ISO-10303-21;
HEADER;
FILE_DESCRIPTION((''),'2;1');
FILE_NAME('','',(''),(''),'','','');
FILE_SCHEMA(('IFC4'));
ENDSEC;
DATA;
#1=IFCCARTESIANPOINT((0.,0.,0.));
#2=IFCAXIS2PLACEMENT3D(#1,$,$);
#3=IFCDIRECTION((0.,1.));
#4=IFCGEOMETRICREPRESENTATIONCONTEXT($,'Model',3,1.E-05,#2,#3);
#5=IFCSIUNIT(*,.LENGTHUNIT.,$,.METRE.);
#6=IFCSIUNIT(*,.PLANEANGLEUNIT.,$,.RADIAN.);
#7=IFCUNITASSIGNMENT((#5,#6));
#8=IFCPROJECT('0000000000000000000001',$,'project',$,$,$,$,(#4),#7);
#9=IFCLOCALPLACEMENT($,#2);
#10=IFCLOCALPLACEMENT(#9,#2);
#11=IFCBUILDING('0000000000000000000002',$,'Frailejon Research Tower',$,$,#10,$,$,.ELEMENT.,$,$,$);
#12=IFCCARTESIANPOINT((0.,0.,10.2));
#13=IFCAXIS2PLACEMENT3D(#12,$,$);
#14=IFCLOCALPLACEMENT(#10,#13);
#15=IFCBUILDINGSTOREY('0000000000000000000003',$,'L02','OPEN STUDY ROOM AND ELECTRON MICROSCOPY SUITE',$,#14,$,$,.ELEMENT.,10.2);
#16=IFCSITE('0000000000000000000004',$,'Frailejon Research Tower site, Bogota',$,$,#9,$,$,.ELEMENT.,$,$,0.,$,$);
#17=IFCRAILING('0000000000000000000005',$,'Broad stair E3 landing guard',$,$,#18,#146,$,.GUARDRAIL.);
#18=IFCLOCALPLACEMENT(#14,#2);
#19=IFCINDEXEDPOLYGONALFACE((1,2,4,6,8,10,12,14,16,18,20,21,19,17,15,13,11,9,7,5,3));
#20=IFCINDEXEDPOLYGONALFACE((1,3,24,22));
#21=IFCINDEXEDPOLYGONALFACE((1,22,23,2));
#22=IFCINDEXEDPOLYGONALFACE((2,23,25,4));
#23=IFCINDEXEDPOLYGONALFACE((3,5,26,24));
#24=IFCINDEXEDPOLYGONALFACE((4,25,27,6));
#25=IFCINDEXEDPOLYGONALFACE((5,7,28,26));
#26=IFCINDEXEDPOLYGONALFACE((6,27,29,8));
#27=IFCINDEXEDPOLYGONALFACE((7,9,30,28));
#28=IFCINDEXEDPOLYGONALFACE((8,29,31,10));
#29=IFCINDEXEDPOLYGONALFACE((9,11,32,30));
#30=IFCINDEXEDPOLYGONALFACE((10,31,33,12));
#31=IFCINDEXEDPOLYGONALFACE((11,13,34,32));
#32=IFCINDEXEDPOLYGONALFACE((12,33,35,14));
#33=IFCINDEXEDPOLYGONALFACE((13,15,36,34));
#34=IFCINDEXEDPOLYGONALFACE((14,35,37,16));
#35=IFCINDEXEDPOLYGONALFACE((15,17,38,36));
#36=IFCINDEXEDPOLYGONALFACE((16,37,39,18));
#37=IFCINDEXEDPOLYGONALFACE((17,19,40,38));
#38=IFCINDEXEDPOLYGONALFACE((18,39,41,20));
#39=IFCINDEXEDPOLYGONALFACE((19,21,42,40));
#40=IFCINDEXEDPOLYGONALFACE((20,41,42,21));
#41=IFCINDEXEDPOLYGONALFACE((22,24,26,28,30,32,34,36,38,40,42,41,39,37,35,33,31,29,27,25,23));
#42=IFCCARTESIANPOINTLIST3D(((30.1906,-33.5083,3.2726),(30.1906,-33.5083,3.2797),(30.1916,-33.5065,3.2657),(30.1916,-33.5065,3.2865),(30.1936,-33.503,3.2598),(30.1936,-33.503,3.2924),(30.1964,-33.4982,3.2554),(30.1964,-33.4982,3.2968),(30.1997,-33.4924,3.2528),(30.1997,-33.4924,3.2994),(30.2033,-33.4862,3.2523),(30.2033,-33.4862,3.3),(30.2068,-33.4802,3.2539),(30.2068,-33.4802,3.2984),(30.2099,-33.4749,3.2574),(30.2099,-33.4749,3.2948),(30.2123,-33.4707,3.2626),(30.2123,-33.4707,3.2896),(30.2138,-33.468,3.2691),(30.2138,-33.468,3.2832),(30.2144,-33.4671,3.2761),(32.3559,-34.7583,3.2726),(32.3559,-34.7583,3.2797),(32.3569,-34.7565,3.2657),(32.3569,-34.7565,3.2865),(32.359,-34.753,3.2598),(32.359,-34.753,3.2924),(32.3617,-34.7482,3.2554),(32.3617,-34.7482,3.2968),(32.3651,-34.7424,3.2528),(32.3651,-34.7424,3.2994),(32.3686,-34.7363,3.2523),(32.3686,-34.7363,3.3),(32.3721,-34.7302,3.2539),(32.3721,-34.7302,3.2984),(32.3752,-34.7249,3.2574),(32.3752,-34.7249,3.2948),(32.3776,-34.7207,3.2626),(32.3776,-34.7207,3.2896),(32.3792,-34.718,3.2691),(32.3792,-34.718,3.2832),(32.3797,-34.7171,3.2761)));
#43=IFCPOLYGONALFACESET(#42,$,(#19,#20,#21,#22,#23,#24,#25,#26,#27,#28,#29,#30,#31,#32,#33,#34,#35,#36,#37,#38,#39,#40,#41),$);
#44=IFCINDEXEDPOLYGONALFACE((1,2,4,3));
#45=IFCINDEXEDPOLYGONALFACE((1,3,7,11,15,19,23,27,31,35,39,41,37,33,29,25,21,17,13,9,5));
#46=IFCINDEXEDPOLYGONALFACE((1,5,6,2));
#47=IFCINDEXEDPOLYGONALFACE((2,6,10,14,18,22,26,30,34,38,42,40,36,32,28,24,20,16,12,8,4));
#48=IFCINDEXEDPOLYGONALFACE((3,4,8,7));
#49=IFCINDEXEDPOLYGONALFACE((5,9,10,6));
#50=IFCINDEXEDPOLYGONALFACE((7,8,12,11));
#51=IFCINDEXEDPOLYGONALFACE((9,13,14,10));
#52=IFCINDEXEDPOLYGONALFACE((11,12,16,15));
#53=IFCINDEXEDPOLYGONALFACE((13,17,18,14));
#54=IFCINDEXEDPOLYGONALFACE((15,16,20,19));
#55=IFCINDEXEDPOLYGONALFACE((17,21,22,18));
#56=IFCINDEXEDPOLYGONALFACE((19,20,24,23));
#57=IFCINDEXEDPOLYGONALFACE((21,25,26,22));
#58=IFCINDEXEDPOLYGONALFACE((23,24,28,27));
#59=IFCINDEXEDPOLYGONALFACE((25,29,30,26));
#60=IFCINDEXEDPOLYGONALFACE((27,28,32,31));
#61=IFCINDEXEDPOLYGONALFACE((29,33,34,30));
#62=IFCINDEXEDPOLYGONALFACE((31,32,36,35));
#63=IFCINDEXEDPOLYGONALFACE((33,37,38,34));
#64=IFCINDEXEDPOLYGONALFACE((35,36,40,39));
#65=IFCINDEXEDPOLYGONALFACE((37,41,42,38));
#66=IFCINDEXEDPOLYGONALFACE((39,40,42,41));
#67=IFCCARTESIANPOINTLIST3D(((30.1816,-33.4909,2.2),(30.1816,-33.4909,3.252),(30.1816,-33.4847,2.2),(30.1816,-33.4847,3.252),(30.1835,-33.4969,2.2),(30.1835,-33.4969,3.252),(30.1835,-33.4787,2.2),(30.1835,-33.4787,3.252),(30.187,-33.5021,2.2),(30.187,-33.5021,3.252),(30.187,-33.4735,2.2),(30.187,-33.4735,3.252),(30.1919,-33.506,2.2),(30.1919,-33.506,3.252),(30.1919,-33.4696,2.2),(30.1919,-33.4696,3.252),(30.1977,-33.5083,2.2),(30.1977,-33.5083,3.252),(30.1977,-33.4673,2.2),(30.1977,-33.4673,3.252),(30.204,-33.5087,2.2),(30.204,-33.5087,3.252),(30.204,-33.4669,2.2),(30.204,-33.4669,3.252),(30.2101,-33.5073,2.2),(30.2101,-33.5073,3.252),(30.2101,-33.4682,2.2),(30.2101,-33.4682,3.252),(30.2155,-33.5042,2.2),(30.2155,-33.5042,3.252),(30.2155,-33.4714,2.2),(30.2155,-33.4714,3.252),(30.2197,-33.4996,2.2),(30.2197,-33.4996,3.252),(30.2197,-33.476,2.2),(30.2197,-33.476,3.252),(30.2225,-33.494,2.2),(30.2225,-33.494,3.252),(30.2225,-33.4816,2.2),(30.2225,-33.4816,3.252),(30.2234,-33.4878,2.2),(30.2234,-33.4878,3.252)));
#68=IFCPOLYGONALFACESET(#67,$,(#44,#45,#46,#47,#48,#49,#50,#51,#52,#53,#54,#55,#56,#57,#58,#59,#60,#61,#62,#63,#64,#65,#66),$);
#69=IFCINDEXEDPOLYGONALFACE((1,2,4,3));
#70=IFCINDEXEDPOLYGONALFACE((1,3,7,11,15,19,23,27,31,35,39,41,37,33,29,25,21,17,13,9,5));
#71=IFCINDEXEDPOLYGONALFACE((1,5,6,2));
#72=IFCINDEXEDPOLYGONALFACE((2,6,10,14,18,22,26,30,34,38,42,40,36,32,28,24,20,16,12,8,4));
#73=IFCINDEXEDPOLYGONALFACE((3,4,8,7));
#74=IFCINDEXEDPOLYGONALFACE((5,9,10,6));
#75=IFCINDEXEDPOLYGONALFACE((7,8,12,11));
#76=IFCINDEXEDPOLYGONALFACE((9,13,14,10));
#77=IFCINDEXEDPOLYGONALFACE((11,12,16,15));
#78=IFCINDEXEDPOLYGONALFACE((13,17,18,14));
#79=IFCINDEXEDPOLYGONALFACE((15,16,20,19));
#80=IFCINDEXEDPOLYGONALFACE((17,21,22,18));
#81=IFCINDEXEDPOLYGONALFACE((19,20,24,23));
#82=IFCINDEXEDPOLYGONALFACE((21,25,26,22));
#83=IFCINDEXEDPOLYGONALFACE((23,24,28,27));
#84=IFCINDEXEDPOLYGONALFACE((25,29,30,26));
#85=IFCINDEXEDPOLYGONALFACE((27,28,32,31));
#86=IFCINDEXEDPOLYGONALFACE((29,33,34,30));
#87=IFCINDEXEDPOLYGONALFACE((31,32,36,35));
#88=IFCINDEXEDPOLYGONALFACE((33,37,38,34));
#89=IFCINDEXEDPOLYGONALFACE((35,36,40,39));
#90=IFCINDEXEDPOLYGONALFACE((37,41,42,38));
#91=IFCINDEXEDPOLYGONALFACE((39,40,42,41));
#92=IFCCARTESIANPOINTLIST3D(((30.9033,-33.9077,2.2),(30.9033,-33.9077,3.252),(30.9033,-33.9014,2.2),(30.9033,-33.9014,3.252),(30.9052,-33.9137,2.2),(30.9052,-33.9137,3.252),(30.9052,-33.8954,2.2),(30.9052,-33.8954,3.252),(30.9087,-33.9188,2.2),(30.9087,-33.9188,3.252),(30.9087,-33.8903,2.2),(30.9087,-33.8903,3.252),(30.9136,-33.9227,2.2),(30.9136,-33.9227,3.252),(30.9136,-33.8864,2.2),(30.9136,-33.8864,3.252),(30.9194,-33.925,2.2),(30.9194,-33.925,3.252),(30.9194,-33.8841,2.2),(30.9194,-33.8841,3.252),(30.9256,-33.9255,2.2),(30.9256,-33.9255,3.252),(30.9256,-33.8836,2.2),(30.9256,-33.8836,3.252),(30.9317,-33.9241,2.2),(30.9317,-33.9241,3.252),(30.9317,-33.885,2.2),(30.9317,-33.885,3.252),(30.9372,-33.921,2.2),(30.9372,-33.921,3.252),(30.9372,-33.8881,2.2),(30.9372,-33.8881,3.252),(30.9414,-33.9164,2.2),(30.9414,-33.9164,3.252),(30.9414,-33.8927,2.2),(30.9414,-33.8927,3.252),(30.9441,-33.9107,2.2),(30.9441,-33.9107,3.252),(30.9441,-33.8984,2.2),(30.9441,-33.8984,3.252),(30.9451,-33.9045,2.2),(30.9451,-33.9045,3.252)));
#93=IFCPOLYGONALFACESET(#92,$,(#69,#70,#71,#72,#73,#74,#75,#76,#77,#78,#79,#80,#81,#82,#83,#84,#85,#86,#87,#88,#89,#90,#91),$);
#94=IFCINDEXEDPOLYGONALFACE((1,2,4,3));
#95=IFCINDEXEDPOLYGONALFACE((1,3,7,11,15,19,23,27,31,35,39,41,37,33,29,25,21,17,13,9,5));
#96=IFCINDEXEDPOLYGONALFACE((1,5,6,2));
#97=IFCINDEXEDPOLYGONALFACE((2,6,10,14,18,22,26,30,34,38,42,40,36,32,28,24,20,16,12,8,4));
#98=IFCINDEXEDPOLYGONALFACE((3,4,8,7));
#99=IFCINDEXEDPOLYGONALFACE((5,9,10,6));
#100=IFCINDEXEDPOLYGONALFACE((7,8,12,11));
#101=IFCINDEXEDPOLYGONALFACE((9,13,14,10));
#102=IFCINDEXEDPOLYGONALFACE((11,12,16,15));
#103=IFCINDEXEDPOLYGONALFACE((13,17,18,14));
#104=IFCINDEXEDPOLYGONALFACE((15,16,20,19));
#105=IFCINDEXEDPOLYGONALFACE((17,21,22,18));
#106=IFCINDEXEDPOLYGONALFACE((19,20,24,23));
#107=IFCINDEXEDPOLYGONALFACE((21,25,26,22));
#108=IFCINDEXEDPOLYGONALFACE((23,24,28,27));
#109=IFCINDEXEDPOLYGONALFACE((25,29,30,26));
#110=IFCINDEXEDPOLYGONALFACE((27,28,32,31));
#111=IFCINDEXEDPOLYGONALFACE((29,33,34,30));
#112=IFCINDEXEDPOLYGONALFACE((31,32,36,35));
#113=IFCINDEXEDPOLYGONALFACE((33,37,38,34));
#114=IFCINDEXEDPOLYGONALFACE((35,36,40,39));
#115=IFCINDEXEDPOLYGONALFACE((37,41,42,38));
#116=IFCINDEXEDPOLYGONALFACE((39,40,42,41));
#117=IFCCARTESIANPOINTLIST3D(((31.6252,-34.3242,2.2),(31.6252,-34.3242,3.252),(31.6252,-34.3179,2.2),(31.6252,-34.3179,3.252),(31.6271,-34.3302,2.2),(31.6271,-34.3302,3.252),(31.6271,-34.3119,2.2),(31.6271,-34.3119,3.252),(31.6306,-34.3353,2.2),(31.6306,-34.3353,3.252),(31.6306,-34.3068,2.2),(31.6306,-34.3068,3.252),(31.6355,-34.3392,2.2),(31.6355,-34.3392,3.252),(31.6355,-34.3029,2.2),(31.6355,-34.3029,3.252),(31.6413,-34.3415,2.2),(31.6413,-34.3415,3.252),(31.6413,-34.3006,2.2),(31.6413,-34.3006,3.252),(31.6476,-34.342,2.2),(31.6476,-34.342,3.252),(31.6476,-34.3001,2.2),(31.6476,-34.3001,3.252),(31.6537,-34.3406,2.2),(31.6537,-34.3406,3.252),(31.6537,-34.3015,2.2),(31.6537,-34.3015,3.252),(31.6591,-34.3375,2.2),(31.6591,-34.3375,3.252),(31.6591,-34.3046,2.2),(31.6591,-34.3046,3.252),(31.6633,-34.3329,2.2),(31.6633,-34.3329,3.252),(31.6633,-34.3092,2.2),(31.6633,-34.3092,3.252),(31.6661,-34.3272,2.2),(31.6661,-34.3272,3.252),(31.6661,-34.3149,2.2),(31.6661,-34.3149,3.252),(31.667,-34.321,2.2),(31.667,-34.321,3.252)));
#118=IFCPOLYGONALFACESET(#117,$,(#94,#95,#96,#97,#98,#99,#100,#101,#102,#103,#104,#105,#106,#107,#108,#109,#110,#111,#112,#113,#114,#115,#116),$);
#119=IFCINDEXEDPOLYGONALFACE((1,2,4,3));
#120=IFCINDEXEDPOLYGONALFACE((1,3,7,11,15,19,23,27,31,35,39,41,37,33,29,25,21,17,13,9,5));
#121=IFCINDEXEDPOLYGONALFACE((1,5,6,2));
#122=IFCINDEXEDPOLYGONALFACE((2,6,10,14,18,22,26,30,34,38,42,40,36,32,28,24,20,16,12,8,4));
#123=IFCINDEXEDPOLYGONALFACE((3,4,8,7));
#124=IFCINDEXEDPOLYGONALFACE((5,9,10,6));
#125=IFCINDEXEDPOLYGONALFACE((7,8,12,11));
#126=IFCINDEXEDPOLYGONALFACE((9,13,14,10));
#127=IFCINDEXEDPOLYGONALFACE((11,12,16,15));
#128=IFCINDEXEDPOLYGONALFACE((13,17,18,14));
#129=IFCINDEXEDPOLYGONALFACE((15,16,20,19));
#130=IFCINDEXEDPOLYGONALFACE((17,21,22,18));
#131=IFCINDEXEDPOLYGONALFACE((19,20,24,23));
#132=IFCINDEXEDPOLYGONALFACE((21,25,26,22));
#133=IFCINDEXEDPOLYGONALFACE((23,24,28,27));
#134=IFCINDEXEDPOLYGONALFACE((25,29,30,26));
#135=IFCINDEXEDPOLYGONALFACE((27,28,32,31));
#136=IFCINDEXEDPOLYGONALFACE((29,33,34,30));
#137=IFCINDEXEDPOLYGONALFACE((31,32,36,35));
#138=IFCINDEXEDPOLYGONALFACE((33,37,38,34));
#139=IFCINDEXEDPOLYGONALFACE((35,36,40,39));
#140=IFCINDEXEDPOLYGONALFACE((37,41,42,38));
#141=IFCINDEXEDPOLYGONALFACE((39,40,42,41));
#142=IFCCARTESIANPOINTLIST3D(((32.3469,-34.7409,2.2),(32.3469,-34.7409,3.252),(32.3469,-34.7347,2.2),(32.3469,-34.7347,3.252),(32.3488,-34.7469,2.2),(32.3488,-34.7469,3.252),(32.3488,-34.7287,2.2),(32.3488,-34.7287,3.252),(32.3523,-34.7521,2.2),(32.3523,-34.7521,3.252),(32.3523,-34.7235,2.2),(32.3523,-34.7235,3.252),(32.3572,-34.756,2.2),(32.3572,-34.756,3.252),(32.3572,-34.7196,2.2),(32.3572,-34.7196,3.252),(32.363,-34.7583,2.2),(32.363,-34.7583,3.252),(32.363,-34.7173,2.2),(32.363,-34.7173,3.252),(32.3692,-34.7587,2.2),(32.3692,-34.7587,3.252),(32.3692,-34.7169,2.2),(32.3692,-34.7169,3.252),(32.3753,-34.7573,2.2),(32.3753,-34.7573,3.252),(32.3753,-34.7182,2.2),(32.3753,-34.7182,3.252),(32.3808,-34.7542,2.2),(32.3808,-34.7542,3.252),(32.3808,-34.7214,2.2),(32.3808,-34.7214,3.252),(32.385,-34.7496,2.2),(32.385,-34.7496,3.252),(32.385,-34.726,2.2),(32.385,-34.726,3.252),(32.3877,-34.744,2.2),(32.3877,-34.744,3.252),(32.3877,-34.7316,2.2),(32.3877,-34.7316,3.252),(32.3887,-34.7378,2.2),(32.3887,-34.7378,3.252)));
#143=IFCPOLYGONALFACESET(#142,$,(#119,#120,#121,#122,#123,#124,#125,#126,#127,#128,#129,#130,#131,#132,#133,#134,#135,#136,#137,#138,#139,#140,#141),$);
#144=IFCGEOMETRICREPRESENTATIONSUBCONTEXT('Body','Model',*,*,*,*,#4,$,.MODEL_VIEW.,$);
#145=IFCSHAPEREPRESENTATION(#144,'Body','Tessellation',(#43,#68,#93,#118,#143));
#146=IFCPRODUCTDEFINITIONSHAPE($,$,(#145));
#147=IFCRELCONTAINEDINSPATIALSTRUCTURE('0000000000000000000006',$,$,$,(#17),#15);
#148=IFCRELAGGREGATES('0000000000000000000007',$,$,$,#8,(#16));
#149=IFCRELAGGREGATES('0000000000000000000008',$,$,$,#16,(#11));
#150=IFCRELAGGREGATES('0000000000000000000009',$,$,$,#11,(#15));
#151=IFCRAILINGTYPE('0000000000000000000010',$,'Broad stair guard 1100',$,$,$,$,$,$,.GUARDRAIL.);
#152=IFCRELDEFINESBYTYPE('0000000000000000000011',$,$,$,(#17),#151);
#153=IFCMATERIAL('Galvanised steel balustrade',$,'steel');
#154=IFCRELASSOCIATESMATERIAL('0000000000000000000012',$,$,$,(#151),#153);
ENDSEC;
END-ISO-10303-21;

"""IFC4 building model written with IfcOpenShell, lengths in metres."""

from ifc_helpers import new_model, si_unit, direction, frame, origin, origin_2d, place, context, subcontext, project, spatial, circle, extrude, material, type_object, element, save


model = new_model("IFC4")

# Units and contexts
model_context = context("Model", 3, precision=1e-05, world=origin(), true_north=direction((0.0, 1.0)))
body_context = subcontext(model_context, "Body", "Model", "MODEL_VIEW")
ifc_project = project(units=[si_unit("LENGTHUNIT", "METRE"), si_unit("PLANEANGLEUNIT", "RADIAN")], contexts=[model_context])

# Site, building, storey
site_placement = place(None, origin())
site = spatial("IfcSite", under=ifc_project, at=site_placement, Name="Frailejon Research Tower site, Bogota", CompositionType="ELEMENT", RefElevation=0.0)
building_placement = place(site_placement, origin())
building = spatial("IfcBuilding", under=site, at=building_placement, Name="Frailejon Research Tower", CompositionType="ELEMENT")
storey_placement = place(building_placement, frame((0.0, 0.0, 10.2)))
storey = spatial("IfcBuildingStorey", under=building, at=storey_placement, Name="L02", Description="OPEN STUDY ROOM AND ELECTRON MICROSCOPY SUITE", CompositionType="ELEMENT", Elevation=10.2)

# Railing
ifc_material_1 = material(Name="Galvanised steel balustrade", Category="steel")
railing_type_1 = type_object("IfcRailingType", Name="Broad stair guard 1100", PredefinedType="GUARDRAIL", material=ifc_material_1)
railing_1_placement = place(storey_placement, frame((30.2024, -33.4878, 2.2)))
element("IfcRailing", 1, at=railing_1_placement, inside=storey, type_object=railing_type_1, Name="Broad stair E3 landing guard", PredefinedType="GUARDRAIL", context=body_context, shape_type="SweptSolid", body=[
    extrude(circle(Radius=0.0239, at=origin_2d()), frame((0.0, 0.0, 1.0762), z_axis=(0.866047, -0.499962, 0.0), x_axis=(0.499962, 0.866047, 0.0)), (0.0, 0.0, 1.0), 2.5002),
    extrude(circle(Radius=0.021, at=origin_2d()), origin(), (0.0, 0.0, 1.0), 1.052),
    extrude(circle(Radius=0.021, at=origin_2d()), frame((0.7217, -0.4167, 0.0)), (0.0, 0.0, 1.0), 1.052),
    extrude(circle(Radius=0.021, at=origin_2d()), frame((1.4436, -0.8333, 0.0)), (0.0, 0.0, 1.0), 1.052),
    extrude(circle(Radius=0.021, at=origin_2d()), frame((2.1653, -1.25, 0.0)), (0.0, 0.0, 1.0), 1.052),
])

save(model, "model.ifc")
